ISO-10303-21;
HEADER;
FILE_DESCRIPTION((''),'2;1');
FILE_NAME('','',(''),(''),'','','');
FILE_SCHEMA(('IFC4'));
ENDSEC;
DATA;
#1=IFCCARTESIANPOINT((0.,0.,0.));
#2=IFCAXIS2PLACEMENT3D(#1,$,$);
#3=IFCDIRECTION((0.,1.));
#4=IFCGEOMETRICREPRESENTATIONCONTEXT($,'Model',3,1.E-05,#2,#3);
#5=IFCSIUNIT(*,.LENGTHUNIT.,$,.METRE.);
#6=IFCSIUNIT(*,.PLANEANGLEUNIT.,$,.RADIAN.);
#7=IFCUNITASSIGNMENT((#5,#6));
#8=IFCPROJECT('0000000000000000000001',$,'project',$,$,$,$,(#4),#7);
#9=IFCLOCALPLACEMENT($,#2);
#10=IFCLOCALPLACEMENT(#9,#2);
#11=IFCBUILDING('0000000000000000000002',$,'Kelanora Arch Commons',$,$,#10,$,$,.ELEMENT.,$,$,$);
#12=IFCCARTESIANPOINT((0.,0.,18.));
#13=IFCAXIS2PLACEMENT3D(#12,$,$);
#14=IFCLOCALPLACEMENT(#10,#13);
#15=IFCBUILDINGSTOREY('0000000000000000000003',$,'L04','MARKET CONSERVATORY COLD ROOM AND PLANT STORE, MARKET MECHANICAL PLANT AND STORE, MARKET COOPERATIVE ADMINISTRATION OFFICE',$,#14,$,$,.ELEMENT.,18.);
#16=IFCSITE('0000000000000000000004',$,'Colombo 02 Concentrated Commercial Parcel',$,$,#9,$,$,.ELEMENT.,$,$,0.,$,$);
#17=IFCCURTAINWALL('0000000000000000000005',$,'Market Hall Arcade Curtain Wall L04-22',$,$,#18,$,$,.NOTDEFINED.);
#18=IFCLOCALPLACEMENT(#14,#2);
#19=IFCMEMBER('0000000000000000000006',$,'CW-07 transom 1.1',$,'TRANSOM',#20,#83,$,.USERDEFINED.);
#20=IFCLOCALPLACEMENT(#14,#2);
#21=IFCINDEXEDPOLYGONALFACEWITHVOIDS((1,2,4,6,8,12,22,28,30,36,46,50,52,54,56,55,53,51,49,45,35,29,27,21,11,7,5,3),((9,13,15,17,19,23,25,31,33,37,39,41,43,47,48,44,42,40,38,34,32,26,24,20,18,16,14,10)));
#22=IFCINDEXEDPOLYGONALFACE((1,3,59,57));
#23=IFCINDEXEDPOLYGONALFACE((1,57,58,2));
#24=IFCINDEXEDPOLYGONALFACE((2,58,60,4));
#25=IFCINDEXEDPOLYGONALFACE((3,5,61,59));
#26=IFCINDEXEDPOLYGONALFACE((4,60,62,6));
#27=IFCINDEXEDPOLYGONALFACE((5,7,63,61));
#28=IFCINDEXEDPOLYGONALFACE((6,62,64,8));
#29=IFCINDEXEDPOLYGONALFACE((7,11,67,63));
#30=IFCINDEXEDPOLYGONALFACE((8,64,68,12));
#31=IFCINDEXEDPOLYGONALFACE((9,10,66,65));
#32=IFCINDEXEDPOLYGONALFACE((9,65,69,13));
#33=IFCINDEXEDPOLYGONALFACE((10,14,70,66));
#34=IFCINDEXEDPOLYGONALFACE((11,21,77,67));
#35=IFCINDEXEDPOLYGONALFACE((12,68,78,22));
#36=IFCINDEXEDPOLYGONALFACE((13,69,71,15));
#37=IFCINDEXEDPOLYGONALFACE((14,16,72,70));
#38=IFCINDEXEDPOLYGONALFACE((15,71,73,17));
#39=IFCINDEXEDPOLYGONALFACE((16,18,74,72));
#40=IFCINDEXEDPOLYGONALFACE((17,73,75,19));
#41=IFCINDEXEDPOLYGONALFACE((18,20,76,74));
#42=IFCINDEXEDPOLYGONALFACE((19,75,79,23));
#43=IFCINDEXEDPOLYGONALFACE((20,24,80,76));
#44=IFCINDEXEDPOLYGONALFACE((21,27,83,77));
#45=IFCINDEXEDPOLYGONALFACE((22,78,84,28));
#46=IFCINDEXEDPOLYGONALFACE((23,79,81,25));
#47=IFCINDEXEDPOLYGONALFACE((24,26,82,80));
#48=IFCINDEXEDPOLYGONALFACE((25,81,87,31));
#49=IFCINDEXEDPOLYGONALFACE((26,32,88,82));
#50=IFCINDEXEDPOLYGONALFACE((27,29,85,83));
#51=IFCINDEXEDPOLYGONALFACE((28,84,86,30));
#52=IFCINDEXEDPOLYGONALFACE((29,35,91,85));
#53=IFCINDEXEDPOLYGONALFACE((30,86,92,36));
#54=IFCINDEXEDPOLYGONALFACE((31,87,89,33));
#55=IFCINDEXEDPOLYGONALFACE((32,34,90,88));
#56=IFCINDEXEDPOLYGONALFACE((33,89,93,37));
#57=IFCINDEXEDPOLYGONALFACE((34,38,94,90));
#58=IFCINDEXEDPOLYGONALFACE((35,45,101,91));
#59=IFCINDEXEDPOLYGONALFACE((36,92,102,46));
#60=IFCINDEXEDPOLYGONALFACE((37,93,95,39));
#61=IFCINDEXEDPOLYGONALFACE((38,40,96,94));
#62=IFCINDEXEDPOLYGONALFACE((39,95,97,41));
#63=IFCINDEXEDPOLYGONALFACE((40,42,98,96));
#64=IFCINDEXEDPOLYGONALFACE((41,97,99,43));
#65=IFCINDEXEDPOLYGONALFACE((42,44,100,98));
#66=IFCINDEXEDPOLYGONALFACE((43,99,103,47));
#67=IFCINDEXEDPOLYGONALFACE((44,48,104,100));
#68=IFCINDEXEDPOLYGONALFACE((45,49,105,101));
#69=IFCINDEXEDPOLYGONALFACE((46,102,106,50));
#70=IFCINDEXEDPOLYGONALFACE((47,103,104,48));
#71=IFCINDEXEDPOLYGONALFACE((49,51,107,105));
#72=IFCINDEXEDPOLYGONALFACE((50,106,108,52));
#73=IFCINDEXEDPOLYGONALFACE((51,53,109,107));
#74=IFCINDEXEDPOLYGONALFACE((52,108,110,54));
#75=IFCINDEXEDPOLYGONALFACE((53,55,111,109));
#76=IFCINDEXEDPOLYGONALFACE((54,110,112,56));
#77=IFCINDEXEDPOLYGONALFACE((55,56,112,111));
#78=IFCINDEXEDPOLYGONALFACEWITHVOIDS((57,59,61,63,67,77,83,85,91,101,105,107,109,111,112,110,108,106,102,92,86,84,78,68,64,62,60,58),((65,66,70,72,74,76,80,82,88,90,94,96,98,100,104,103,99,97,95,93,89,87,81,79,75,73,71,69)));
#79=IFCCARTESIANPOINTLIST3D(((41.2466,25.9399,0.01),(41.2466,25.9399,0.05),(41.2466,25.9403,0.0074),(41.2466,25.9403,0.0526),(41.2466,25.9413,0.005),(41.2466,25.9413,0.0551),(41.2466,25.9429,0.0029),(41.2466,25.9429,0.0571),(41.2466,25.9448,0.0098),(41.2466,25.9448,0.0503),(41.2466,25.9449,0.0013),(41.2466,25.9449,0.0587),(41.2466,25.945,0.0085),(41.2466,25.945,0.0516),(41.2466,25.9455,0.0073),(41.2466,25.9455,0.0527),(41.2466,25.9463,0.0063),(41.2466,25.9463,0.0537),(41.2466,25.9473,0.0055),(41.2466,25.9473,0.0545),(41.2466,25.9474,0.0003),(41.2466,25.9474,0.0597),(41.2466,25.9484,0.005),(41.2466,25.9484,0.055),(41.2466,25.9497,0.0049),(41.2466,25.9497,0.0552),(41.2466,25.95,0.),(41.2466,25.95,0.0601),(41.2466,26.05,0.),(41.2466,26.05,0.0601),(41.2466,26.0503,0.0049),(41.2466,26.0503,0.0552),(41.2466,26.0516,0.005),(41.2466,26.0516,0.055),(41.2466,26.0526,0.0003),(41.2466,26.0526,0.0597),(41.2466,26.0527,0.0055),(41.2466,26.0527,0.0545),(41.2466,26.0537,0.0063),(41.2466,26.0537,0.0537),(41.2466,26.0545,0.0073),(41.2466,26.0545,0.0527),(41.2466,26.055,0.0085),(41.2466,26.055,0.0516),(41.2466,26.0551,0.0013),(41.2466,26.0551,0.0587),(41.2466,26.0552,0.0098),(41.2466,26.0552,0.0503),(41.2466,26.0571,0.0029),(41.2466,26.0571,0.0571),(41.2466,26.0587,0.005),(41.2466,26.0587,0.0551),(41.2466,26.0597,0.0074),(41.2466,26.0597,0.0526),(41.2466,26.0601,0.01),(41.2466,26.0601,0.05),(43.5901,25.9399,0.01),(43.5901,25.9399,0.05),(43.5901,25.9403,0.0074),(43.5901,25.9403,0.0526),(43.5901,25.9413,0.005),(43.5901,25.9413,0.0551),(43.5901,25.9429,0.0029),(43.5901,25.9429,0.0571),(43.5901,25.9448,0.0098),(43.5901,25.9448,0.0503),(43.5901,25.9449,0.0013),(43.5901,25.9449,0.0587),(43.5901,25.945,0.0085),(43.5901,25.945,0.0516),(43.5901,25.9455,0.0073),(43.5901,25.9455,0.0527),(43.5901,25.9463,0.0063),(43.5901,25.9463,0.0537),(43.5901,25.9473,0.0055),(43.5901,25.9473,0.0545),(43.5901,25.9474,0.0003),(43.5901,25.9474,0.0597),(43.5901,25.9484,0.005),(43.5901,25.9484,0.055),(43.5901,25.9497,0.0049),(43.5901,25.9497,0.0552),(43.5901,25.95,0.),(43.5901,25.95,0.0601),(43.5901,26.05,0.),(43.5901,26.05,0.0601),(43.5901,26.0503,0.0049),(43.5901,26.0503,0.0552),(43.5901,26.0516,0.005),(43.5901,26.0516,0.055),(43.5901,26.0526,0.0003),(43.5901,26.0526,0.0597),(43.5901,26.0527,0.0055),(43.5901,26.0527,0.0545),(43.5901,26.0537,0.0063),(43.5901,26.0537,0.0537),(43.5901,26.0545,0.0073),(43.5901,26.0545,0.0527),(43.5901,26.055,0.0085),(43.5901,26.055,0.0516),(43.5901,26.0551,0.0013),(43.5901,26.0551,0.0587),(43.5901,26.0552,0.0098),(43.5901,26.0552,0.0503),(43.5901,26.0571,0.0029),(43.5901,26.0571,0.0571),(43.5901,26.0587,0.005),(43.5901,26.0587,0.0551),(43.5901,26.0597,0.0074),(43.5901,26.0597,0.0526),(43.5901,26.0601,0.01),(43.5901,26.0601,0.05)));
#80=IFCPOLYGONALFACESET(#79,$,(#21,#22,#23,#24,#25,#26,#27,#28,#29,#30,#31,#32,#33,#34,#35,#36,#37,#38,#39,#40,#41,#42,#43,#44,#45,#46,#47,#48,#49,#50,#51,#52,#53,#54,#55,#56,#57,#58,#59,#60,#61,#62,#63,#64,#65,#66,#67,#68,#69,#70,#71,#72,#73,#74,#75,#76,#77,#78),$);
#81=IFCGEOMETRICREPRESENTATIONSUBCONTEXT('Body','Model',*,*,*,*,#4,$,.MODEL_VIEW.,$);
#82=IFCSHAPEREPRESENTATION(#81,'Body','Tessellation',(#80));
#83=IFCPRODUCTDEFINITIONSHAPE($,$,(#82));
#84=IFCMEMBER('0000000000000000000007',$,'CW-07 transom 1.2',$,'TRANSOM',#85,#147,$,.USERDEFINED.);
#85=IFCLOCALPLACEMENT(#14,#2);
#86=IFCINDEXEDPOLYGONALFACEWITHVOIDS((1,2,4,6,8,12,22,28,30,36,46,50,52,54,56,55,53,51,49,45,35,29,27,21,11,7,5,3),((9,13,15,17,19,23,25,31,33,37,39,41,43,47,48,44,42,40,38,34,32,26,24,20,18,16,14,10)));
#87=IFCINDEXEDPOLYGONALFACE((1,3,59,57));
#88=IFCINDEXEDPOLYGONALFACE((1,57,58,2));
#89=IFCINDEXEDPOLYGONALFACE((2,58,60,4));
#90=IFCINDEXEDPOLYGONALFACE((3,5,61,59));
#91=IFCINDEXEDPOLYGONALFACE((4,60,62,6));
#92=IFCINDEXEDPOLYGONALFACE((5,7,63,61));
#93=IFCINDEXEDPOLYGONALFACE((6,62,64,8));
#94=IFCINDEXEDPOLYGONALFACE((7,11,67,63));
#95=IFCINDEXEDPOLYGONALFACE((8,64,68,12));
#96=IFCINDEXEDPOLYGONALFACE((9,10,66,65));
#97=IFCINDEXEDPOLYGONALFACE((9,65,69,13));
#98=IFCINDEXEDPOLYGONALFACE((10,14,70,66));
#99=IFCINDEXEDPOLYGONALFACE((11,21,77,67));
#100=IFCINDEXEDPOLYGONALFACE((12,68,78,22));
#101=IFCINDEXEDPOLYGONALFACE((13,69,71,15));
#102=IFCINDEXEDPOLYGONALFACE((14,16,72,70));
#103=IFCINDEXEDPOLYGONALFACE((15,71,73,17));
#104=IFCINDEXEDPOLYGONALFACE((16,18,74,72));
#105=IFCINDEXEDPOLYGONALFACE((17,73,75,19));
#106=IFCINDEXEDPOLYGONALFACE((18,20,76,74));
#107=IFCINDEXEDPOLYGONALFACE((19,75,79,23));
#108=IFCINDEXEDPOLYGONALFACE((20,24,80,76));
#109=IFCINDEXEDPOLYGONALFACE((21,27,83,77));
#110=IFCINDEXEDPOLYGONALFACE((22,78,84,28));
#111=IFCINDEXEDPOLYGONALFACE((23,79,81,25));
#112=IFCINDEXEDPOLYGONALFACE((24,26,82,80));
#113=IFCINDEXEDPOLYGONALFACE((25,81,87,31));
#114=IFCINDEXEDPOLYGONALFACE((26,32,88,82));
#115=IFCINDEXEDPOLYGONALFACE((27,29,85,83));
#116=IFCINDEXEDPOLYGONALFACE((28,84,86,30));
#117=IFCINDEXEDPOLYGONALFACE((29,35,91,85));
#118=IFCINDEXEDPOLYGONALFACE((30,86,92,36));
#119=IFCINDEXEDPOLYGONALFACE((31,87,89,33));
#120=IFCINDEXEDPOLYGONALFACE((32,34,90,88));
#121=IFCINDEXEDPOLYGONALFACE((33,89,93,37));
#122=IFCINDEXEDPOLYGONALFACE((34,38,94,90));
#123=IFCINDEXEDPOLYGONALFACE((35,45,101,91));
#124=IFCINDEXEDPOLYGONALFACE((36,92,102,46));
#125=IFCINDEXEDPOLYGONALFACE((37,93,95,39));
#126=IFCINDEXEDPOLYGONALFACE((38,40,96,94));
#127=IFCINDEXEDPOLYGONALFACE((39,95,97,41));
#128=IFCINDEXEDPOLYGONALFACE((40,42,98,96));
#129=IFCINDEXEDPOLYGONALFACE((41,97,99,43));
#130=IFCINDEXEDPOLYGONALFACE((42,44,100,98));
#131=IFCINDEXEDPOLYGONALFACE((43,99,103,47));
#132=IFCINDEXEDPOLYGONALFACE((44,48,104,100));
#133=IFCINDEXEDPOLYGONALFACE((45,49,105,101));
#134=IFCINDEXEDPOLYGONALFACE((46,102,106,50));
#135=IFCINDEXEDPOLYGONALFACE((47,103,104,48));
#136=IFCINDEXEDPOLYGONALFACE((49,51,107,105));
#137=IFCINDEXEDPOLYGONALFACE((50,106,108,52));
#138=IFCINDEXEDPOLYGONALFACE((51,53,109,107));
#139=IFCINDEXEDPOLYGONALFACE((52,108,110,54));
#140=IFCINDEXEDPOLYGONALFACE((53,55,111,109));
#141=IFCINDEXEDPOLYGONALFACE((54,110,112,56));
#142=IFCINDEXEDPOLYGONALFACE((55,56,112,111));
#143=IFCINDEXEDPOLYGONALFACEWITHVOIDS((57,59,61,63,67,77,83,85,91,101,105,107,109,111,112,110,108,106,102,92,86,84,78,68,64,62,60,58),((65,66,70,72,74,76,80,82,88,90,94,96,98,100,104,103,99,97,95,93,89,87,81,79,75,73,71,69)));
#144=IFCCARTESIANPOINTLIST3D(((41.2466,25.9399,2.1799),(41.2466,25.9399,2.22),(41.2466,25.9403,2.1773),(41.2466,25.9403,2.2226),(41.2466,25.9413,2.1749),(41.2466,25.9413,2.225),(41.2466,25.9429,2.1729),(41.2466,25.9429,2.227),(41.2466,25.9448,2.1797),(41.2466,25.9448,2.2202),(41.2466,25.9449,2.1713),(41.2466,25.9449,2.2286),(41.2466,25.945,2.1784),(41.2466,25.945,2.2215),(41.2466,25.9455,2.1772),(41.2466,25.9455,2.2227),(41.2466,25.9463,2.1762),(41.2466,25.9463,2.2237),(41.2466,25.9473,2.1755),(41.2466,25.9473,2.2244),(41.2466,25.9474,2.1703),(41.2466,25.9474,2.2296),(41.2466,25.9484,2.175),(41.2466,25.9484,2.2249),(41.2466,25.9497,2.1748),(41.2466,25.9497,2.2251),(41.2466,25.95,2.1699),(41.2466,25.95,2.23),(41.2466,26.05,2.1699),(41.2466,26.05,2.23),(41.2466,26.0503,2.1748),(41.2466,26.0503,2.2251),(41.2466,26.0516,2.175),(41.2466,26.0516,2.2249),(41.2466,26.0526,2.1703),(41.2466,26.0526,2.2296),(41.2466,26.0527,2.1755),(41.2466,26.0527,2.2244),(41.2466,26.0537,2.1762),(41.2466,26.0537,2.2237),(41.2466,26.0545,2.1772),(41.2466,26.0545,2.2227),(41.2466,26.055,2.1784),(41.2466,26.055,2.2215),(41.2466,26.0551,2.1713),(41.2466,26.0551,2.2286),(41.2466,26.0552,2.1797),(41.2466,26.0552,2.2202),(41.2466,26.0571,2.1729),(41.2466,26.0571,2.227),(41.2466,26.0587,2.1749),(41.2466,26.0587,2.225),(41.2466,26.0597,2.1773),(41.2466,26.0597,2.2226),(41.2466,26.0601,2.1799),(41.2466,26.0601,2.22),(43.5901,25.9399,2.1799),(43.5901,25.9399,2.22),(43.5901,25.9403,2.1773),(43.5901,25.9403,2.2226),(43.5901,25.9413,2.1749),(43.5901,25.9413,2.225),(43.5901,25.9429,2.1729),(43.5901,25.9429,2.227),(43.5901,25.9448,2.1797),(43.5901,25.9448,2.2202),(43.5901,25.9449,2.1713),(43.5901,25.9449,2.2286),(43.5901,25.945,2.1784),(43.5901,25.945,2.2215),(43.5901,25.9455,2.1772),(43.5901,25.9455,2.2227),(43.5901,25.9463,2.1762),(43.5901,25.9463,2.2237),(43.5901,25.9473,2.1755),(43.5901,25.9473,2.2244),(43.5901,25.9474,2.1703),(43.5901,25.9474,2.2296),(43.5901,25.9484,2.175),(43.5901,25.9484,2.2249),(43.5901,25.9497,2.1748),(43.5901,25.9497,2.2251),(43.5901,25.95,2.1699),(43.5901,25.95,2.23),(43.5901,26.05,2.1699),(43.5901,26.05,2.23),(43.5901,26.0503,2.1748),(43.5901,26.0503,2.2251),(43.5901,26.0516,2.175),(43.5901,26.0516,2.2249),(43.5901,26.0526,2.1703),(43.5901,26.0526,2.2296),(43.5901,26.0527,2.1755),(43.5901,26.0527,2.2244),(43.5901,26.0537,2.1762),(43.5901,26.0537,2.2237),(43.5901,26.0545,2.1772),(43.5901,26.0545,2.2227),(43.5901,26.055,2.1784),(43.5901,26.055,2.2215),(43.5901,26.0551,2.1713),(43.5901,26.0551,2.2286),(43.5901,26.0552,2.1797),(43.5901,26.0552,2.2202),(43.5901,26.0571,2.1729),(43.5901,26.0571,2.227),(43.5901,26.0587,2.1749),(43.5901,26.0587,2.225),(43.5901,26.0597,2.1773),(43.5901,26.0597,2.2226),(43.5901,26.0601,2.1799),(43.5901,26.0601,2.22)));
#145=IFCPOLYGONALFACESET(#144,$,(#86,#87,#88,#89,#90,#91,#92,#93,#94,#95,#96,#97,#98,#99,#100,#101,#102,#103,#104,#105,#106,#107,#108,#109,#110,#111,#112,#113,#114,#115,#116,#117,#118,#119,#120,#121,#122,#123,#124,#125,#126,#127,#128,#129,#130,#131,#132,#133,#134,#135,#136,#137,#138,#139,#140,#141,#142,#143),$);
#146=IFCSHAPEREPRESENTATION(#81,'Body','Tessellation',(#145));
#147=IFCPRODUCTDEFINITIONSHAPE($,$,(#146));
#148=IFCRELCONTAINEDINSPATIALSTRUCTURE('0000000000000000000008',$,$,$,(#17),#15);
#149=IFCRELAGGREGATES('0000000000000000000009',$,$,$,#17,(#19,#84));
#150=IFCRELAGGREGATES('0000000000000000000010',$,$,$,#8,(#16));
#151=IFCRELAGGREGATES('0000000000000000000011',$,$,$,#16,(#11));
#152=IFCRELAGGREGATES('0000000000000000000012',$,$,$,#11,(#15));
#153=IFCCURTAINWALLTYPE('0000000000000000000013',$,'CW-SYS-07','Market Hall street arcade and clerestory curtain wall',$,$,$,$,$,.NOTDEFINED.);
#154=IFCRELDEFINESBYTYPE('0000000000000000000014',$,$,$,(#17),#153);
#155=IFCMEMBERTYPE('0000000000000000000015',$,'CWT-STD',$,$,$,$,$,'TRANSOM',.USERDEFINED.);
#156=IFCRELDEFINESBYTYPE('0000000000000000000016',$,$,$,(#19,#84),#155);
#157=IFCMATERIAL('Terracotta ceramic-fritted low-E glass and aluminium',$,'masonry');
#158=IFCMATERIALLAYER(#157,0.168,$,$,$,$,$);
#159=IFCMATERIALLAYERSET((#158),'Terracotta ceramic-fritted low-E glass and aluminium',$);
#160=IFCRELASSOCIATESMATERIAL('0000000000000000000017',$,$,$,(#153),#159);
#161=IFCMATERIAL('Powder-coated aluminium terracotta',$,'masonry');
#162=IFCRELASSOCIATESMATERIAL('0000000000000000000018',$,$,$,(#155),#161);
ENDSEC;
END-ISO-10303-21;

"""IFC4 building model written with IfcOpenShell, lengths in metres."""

from ifc_helpers import new_model, si_unit, direction, frame, origin, origin_2d, place, context, subcontext, project, spatial, hollow_rectangle, extrude, material, layer, layer_set, material_profile, profile_set, type_object, element, aggregate, save


model = new_model("IFC4")

# Units and contexts
model_context = context("Model", 3, precision=1e-05, world=origin(), true_north=direction((0.0, 1.0)))
body_context = subcontext(model_context, "Body", "Model", "MODEL_VIEW")
ifc_project = project(units=[si_unit("LENGTHUNIT", "METRE"), si_unit("PLANEANGLEUNIT", "RADIAN")], contexts=[model_context])

# Site, building, storey
site_placement = place(None, origin())
site = spatial("IfcSite", under=ifc_project, at=site_placement, Name="Colombo 02 Concentrated Commercial Parcel", CompositionType="ELEMENT", RefElevation=0.0)
building_placement = place(site_placement, origin())
building = spatial("IfcBuilding", under=site, at=building_placement, Name="Kelanora Arch Commons", CompositionType="ELEMENT")
storey_placement = place(building_placement, frame((0.0, 0.0, 18.0)))
storey = spatial("IfcBuildingStorey", under=building, at=storey_placement, Name="L04", Description="MARKET CONSERVATORY COLD ROOM AND PLANT STORE, MARKET MECHANICAL PLANT AND STORE, MARKET COOPERATIVE ADMINISTRATION OFFICE", CompositionType="ELEMENT", Elevation=18.0)

# Curtain wall, members
ifc_material_1 = material(Name="Terracotta ceramic-fritted low-E glass and aluminium", Category="masonry")
ifc_layer_1 = layer(ifc_material_1, 0.168)
ifc_layer_set_1 = layer_set([ifc_layer_1], Name="Terracotta ceramic-fritted low-E glass and aluminium")
curtain_wall_type = type_object("IfcCurtainWallType", Name="CW-SYS-07", Description="Market Hall street arcade and clerestory curtain wall", PredefinedType="NOTDEFINED", material=ifc_layer_set_1)
curtain_wall_placement = place(storey_placement, origin())
curtain_wall = element("IfcCurtainWall", 1, at=curtain_wall_placement, inside=storey, type_object=curtain_wall_type, Name="Market Hall Arcade Curtain Wall L04-22", PredefinedType="NOTDEFINED")
ifc_material_2 = material(Name="Powder-coated aluminium terracotta", Category="masonry")
ifc_material_profile_1 = material_profile(ifc_material_2, hollow_rectangle(XDim=0.1201, YDim=0.0601, WallThickness=0.0049, InnerFilletRadius=0.0049, OuterFilletRadius=0.01, at=origin_2d()), Name="CWT120x60")
ifc_profile_set_1 = profile_set([ifc_material_profile_1], Name="Powder-coated aluminium terracotta")
member_type_1 = type_object("IfcMemberType", Name="CWT-STD", ElementType="TRANSOM", PredefinedType="USERDEFINED", material=ifc_profile_set_1)
member_1_placement = place(storey_placement, frame((43.5901, 26.0, 0.03), z_axis=(-1.0, 0.0, 0.0), x_axis=(0.0, -1.0, 0.0)))
member_1 = element("IfcMember", 2, at=member_1_placement, type_object=member_type_1, Name="CW-07 transom 1.1", ObjectType="TRANSOM", PredefinedType="USERDEFINED", context=body_context, shape_type="SweptSolid", body=[
    extrude(hollow_rectangle(XDim=0.1201, YDim=0.0601, WallThickness=0.0049, InnerFilletRadius=0.0049, OuterFilletRadius=0.01, at=origin_2d()), origin(), (0.0, 0.0, 1.0), 2.3435),
])
member_2_placement = place(storey_placement, frame((43.5901, 26.0, 2.2), z_axis=(-1.0, 0.0, 0.0), x_axis=(0.0, -1.0, 0.0)))
member_2 = element("IfcMember", 3, at=member_2_placement, type_object=member_type_1, Name="CW-07 transom 1.2", ObjectType="TRANSOM", PredefinedType="USERDEFINED", context=body_context, shape_type="SweptSolid", body=[
    extrude(hollow_rectangle(XDim=0.1201, YDim=0.0601, WallThickness=0.0049, InnerFilletRadius=0.0049, OuterFilletRadius=0.01, at=origin_2d()), origin(), (0.0, 0.0, 1.0), 2.3435),
])

aggregate(curtain_wall, [member_1, member_2])

save(model, "model.ifc")
